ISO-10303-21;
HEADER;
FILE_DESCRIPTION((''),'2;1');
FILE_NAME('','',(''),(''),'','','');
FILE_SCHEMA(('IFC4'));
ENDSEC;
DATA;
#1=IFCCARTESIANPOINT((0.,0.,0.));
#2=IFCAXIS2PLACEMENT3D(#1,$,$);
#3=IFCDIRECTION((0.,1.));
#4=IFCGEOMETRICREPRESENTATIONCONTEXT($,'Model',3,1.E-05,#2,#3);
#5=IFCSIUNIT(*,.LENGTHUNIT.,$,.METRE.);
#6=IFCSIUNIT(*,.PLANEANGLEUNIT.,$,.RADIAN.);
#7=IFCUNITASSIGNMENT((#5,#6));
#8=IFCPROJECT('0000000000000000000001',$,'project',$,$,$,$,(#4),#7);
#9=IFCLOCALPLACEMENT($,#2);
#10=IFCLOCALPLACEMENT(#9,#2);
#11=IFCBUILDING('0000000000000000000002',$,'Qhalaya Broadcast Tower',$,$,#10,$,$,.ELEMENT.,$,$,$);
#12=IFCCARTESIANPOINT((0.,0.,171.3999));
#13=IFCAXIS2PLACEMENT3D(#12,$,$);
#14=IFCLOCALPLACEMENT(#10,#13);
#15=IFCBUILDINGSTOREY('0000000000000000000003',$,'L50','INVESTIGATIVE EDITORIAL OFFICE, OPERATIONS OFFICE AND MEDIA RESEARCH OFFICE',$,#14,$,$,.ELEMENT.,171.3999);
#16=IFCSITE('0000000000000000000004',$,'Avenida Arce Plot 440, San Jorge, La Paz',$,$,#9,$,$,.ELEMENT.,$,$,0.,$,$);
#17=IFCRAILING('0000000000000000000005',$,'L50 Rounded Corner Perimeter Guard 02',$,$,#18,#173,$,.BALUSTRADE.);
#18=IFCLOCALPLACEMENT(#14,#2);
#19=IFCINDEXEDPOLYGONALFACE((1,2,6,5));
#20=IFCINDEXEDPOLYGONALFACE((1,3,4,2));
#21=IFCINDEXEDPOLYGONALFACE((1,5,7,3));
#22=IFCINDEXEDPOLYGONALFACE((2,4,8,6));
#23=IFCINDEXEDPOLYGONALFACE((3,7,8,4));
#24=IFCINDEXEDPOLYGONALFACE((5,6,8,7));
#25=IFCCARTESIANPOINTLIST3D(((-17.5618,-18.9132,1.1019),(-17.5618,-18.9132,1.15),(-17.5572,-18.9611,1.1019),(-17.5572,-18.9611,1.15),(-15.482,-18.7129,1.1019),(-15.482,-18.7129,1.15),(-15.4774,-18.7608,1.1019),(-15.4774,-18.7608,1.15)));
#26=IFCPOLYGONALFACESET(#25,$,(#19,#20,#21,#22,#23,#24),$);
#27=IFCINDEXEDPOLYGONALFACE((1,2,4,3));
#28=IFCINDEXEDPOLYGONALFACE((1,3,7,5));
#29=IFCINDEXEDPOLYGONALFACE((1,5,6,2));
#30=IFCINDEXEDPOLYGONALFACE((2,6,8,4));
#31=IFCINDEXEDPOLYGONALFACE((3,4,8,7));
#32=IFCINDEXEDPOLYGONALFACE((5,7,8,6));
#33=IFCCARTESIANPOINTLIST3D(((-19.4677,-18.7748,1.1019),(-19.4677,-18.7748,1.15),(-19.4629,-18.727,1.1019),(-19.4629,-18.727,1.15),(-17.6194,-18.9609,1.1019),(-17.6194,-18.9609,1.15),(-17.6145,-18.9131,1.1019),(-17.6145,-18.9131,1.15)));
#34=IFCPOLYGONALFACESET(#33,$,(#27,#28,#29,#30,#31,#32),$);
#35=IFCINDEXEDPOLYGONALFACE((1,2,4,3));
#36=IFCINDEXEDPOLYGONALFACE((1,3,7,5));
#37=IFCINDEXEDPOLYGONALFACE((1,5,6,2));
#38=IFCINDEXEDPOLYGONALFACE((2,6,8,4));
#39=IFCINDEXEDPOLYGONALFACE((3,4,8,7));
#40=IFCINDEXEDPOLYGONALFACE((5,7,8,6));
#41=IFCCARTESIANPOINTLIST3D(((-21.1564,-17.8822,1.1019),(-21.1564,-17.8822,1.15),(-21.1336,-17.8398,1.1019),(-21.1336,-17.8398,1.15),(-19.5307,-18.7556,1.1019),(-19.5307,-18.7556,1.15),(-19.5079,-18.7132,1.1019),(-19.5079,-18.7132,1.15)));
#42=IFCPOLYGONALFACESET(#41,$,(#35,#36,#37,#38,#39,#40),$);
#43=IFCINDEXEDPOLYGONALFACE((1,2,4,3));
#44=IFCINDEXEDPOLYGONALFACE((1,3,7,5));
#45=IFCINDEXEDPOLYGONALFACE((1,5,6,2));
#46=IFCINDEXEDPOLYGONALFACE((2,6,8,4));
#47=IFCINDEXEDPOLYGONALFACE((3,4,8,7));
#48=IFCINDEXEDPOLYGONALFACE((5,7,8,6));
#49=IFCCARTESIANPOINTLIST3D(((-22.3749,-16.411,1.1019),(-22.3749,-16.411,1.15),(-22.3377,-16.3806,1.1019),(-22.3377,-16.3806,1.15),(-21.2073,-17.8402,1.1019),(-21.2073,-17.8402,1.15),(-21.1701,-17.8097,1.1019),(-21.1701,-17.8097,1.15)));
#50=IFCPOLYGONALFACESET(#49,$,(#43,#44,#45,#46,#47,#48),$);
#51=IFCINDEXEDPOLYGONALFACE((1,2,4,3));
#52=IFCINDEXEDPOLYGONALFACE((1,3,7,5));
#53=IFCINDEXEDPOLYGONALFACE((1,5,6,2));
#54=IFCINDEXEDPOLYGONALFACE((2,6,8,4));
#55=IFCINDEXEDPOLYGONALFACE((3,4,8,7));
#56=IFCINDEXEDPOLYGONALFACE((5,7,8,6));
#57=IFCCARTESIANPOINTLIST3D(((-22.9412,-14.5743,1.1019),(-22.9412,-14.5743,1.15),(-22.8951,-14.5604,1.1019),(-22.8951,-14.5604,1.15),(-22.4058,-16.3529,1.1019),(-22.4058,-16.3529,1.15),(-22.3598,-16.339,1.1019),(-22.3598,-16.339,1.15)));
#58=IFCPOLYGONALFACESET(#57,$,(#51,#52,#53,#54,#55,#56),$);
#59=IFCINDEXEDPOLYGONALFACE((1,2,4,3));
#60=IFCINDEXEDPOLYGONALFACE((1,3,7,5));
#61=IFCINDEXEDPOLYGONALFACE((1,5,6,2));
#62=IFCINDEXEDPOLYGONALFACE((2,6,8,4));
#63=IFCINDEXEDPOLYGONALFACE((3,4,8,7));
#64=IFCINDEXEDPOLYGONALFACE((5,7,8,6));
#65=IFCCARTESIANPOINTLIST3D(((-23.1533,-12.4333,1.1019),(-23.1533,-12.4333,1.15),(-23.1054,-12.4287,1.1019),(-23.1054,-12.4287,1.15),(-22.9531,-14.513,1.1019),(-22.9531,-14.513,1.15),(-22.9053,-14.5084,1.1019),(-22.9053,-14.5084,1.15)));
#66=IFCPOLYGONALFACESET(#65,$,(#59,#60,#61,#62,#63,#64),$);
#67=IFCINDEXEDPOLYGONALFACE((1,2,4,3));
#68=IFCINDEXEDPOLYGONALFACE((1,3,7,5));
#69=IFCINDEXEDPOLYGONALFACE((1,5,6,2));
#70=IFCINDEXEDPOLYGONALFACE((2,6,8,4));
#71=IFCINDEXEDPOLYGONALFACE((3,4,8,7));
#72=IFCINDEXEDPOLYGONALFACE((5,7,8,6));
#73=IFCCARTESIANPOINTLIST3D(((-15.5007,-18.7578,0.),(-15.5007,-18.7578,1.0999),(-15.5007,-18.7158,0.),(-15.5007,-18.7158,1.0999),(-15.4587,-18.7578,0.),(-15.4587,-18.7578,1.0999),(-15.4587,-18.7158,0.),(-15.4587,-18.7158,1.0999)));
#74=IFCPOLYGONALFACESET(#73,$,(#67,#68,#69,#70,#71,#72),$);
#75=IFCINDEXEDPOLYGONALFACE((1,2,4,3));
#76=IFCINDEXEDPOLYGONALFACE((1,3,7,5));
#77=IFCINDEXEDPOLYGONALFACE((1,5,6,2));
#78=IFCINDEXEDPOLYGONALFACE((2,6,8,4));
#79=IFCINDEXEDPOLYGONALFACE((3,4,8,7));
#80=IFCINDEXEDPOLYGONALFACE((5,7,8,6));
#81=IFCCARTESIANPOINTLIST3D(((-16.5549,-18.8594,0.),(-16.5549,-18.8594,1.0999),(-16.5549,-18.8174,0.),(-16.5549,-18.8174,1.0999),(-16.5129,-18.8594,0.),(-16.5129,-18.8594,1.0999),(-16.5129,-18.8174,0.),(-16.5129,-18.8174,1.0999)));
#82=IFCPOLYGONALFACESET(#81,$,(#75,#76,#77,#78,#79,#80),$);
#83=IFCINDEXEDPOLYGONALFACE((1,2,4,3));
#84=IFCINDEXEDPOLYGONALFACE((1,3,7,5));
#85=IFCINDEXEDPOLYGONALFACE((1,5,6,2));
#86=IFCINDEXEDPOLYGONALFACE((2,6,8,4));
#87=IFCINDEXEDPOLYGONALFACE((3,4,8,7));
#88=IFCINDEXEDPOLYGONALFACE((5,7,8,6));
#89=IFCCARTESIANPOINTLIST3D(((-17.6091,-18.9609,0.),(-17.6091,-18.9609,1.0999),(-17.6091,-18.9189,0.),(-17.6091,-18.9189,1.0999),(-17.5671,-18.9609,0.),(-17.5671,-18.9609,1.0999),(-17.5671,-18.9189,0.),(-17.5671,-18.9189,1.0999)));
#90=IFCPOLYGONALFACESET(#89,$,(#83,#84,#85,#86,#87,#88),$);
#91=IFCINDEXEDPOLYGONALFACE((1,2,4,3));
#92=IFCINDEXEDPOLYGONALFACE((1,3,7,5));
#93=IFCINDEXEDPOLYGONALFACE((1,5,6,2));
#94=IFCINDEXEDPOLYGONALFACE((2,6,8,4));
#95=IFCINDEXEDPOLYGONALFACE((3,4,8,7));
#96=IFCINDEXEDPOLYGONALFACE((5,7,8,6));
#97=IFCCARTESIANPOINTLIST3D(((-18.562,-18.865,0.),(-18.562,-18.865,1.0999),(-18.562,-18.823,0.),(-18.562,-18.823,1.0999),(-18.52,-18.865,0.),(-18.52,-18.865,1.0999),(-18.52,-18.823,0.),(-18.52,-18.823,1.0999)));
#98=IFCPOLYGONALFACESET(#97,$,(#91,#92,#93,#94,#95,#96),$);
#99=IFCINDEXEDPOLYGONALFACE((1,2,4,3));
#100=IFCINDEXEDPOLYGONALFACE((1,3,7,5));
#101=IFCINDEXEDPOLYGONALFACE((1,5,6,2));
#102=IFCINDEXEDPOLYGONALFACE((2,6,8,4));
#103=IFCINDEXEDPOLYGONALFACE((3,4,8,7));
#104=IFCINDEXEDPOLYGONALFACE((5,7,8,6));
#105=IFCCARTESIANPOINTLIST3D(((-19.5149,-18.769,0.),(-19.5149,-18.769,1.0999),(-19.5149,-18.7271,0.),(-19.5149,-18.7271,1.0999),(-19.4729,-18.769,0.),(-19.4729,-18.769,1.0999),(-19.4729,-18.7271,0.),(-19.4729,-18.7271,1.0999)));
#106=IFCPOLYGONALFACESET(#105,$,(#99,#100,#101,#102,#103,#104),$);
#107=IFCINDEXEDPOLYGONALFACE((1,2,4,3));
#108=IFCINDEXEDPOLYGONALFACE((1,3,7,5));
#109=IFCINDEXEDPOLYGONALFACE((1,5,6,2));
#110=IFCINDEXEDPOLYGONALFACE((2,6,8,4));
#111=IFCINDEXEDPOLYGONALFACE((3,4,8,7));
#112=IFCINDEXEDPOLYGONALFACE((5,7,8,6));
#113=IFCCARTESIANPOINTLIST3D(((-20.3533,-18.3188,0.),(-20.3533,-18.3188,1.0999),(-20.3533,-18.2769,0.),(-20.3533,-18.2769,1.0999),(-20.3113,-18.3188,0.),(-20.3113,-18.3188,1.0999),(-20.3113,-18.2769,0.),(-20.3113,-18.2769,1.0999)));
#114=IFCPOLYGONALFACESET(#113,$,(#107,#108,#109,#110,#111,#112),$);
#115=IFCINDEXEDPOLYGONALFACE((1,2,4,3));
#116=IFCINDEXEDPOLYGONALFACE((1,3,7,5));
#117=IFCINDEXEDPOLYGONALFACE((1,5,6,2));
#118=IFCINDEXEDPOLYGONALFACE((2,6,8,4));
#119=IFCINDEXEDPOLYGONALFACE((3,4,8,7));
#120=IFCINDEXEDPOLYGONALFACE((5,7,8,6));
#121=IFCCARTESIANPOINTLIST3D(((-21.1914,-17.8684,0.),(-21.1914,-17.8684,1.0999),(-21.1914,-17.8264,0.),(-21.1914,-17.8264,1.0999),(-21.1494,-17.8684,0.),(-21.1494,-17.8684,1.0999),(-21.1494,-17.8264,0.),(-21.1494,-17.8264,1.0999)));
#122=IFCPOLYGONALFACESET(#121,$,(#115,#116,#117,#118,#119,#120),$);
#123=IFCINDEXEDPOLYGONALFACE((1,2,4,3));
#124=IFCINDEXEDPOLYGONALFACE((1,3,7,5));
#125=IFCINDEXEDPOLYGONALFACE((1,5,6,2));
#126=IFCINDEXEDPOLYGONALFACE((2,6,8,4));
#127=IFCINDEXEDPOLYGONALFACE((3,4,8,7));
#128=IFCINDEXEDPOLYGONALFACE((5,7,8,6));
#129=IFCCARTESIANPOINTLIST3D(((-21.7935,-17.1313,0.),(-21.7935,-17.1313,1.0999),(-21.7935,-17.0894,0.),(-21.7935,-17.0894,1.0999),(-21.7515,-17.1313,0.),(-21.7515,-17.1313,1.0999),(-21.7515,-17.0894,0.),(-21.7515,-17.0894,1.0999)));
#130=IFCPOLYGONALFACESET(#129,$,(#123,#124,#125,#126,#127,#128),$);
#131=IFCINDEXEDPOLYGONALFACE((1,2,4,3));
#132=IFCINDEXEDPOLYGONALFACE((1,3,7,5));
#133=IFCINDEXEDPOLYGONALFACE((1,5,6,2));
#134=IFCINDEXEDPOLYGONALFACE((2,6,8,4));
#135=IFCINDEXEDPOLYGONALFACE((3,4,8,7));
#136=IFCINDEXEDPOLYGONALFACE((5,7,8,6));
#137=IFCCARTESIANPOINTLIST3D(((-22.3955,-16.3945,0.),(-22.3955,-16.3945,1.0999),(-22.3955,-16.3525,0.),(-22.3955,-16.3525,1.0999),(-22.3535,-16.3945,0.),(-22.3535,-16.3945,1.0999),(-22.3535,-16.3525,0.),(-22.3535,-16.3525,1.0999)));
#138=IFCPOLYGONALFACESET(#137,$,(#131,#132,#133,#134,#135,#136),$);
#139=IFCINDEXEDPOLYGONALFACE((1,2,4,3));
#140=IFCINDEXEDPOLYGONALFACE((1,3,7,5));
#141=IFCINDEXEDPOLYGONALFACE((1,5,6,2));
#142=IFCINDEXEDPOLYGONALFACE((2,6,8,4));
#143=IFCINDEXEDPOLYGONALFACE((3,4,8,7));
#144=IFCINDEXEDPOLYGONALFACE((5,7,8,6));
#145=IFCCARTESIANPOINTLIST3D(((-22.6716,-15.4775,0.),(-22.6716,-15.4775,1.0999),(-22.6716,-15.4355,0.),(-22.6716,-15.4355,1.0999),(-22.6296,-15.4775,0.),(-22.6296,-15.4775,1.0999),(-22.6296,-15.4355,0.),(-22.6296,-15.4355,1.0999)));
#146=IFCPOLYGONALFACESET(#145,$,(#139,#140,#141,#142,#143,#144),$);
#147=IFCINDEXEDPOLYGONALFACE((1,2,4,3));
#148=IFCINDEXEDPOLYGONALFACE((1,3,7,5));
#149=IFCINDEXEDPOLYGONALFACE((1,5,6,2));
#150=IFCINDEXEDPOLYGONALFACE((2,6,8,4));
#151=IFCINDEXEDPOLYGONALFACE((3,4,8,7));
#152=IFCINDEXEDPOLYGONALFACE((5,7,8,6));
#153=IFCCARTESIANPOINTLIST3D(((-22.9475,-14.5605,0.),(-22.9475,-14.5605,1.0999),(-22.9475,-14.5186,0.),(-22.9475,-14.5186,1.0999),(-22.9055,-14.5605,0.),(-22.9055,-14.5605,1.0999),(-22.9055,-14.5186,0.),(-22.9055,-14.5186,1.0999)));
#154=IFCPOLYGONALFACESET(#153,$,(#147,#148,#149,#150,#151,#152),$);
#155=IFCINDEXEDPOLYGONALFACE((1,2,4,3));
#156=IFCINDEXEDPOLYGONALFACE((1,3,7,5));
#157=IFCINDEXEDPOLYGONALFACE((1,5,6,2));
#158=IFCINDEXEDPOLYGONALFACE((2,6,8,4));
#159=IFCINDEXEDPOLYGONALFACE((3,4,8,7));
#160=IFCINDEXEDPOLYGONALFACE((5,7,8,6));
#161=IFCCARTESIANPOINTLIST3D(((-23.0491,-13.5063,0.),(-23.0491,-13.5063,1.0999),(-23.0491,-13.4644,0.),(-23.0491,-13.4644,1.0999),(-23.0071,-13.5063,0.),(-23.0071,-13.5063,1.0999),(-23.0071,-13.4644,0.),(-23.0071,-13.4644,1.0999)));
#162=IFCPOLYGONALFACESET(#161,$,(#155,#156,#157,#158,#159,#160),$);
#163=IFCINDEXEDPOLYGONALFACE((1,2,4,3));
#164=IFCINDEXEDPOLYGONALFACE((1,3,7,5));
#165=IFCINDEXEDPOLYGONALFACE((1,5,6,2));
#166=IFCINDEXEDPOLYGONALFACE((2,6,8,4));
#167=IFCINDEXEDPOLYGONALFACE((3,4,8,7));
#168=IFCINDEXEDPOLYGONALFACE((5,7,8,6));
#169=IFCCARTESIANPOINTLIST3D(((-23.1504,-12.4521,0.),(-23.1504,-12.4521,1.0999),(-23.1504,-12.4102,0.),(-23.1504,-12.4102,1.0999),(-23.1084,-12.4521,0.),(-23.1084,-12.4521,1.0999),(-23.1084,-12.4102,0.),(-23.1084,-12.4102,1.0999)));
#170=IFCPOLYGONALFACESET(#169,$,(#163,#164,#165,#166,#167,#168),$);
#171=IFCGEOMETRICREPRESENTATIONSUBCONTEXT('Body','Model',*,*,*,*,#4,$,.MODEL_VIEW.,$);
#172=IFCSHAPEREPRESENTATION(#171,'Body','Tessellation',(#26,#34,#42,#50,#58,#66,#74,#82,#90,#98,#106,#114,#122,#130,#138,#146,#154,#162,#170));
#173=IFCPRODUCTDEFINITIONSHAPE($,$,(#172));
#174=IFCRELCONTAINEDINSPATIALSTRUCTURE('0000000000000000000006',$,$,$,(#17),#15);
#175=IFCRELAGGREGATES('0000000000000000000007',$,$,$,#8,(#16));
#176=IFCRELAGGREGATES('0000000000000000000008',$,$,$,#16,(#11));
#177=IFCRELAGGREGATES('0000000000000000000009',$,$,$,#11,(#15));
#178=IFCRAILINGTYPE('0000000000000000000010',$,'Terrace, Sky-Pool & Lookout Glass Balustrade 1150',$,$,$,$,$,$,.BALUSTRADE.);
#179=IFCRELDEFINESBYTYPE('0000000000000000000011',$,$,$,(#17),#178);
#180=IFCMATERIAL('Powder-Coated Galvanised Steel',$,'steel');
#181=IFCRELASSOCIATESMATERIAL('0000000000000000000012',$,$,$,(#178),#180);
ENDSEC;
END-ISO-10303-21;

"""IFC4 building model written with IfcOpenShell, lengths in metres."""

from ifc_helpers import new_model, si_unit, direction, frame, origin, origin_2d, place, context, subcontext, project, spatial, rectangle, extrude, material, type_object, element, save


model = new_model("IFC4")

# Units and contexts
model_context = context("Model", 3, precision=1e-05, world=origin(), true_north=direction((0.0, 1.0)))
body_context = subcontext(model_context, "Body", "Model", "MODEL_VIEW")
ifc_project = project(units=[si_unit("LENGTHUNIT", "METRE"), si_unit("PLANEANGLEUNIT", "RADIAN")], contexts=[model_context])

# Site, building, storey
site_placement = place(None, origin())
site = spatial("IfcSite", under=ifc_project, at=site_placement, Name="Avenida Arce Plot 440, San Jorge, La Paz", CompositionType="ELEMENT", RefElevation=0.0)
building_placement = place(site_placement, origin())
building = spatial("IfcBuilding", under=site, at=building_placement, Name="Qhalaya Broadcast Tower", CompositionType="ELEMENT")
storey_placement = place(building_placement, frame((0.0, 0.0, 171.3999)))
storey = spatial("IfcBuildingStorey", under=building, at=storey_placement, Name="L50", Description="INVESTIGATIVE EDITORIAL OFFICE, OPERATIONS OFFICE AND MEDIA RESEARCH OFFICE", CompositionType="ELEMENT", Elevation=171.3999)

# Railing
ifc_material_1 = material(Name="Powder-Coated Galvanised Steel", Category="steel")
railing_type = type_object("IfcRailingType", Name="Terrace, Sky-Pool & Lookout Glass Balustrade 1150", PredefinedType="BALUSTRADE", material=ifc_material_1)
railing_placement = place(storey_placement, frame((-15.4797, -18.7368, 0.0)))
element("IfcRailing", 1, at=railing_placement, inside=storey, type_object=railing_type, Name="L50 Rounded Corner Perimeter Guard 02", PredefinedType="BALUSTRADE", context=body_context, shape_type="SweptSolid", body=[
    extrude(rectangle(XDim=0.0481, YDim=0.0481, at=origin_2d()), frame((0.0, 0.0, 1.126), z_axis=(-0.995391, -0.095897, 0.0), x_axis=(0.095897, -0.995391, 0.0)), (0.0, 0.0, 1.0), 2.0894),
    extrude(rectangle(XDim=0.0481, YDim=0.0481, at=origin_2d()), frame((-2.1372, -0.2002, 1.126), z_axis=(-0.994969, 0.100185, 0.0), x_axis=(-0.100185, -0.994969, 0.0)), (0.0, 0.0, 1.0), 1.8577),
    extrude(rectangle(XDim=0.0481, YDim=0.0481, at=origin_2d()), frame((-4.0396, 0.0024, 1.126), z_axis=(-0.880932, 0.473243, 0.0), x_axis=(-0.473243, -0.880932, 0.0)), (0.0, 0.0, 1.0), 1.8455),
    extrude(rectangle(XDim=0.0481, YDim=0.0481, at=origin_2d()), frame((-5.709, 0.9119, 1.126), z_axis=(-0.632672, 0.77442, 0.0), x_axis=(-0.77442, -0.632672, 0.0)), (0.0, 0.0, 1.0), 1.8455),
    extrude(rectangle(XDim=0.0481, YDim=0.0481, at=origin_2d()), frame((-6.9031, 2.3909, 1.126), z_axis=(-0.288213, 0.957566, 0.0), x_axis=(-0.957566, -0.288213, 0.0)), (0.0, 0.0, 1.0), 1.8574),
    extrude(rectangle(XDim=0.0481, YDim=0.0481, at=origin_2d()), frame((-7.4495, 4.2261, 1.126), z_axis=(-0.095783, 0.995402, 0.0), x_axis=(-0.995402, -0.095783, 0.0)), (0.0, 0.0, 1.0), 2.0894),
    extrude(rectangle(XDim=0.042, YDim=0.042, at=origin_2d()), origin(), (0.0, 0.0, 1.0), 1.0999),
    extrude(rectangle(XDim=0.042, YDim=0.042, at=origin_2d()), frame((-1.0542, -0.1016, 0.0)), (0.0, 0.0, 1.0), 1.0999),
    extrude(rectangle(XDim=0.042, YDim=0.042, at=origin_2d()), frame((-2.1084, -0.2031, 0.0)), (0.0, 0.0, 1.0), 1.0999),
    extrude(rectangle(XDim=0.042, YDim=0.042, at=origin_2d()), frame((-3.0613, -0.1072, 0.0)), (0.0, 0.0, 1.0), 1.0999),
    extrude(rectangle(XDim=0.042, YDim=0.042, at=origin_2d()), frame((-4.0142, -0.0112, 0.0)), (0.0, 0.0, 1.0), 1.0999),
    extrude(rectangle(XDim=0.042, YDim=0.042, at=origin_2d()), frame((-4.8525, 0.439, 0.0)), (0.0, 0.0, 1.0), 1.0999),
    extrude(rectangle(XDim=0.042, YDim=0.042, at=origin_2d()), frame((-5.6907, 0.8894, 0.0)), (0.0, 0.0, 1.0), 1.0999),
    extrude(rectangle(XDim=0.042, YDim=0.042, at=origin_2d()), frame((-6.2927, 1.6265, 0.0)), (0.0, 0.0, 1.0), 1.0999),
    extrude(rectangle(XDim=0.042, YDim=0.042, at=origin_2d()), frame((-6.8948, 2.3633, 0.0)), (0.0, 0.0, 1.0), 1.0999),
    extrude(rectangle(XDim=0.042, YDim=0.042, at=origin_2d()), frame((-7.1709, 3.2803, 0.0)), (0.0, 0.0, 1.0), 1.0999),
    extrude(rectangle(XDim=0.042, YDim=0.042, at=origin_2d()), frame((-7.4468, 4.1973, 0.0)), (0.0, 0.0, 1.0), 1.0999),
    extrude(rectangle(XDim=0.042, YDim=0.042, at=origin_2d()), frame((-7.5483, 5.2515, 0.0)), (0.0, 0.0, 1.0), 1.0999),
    extrude(rectangle(XDim=0.042, YDim=0.042, at=origin_2d()), frame((-7.6497, 6.3057, 0.0)), (0.0, 0.0, 1.0), 1.0999),
])

save(model, "model.ifc")
